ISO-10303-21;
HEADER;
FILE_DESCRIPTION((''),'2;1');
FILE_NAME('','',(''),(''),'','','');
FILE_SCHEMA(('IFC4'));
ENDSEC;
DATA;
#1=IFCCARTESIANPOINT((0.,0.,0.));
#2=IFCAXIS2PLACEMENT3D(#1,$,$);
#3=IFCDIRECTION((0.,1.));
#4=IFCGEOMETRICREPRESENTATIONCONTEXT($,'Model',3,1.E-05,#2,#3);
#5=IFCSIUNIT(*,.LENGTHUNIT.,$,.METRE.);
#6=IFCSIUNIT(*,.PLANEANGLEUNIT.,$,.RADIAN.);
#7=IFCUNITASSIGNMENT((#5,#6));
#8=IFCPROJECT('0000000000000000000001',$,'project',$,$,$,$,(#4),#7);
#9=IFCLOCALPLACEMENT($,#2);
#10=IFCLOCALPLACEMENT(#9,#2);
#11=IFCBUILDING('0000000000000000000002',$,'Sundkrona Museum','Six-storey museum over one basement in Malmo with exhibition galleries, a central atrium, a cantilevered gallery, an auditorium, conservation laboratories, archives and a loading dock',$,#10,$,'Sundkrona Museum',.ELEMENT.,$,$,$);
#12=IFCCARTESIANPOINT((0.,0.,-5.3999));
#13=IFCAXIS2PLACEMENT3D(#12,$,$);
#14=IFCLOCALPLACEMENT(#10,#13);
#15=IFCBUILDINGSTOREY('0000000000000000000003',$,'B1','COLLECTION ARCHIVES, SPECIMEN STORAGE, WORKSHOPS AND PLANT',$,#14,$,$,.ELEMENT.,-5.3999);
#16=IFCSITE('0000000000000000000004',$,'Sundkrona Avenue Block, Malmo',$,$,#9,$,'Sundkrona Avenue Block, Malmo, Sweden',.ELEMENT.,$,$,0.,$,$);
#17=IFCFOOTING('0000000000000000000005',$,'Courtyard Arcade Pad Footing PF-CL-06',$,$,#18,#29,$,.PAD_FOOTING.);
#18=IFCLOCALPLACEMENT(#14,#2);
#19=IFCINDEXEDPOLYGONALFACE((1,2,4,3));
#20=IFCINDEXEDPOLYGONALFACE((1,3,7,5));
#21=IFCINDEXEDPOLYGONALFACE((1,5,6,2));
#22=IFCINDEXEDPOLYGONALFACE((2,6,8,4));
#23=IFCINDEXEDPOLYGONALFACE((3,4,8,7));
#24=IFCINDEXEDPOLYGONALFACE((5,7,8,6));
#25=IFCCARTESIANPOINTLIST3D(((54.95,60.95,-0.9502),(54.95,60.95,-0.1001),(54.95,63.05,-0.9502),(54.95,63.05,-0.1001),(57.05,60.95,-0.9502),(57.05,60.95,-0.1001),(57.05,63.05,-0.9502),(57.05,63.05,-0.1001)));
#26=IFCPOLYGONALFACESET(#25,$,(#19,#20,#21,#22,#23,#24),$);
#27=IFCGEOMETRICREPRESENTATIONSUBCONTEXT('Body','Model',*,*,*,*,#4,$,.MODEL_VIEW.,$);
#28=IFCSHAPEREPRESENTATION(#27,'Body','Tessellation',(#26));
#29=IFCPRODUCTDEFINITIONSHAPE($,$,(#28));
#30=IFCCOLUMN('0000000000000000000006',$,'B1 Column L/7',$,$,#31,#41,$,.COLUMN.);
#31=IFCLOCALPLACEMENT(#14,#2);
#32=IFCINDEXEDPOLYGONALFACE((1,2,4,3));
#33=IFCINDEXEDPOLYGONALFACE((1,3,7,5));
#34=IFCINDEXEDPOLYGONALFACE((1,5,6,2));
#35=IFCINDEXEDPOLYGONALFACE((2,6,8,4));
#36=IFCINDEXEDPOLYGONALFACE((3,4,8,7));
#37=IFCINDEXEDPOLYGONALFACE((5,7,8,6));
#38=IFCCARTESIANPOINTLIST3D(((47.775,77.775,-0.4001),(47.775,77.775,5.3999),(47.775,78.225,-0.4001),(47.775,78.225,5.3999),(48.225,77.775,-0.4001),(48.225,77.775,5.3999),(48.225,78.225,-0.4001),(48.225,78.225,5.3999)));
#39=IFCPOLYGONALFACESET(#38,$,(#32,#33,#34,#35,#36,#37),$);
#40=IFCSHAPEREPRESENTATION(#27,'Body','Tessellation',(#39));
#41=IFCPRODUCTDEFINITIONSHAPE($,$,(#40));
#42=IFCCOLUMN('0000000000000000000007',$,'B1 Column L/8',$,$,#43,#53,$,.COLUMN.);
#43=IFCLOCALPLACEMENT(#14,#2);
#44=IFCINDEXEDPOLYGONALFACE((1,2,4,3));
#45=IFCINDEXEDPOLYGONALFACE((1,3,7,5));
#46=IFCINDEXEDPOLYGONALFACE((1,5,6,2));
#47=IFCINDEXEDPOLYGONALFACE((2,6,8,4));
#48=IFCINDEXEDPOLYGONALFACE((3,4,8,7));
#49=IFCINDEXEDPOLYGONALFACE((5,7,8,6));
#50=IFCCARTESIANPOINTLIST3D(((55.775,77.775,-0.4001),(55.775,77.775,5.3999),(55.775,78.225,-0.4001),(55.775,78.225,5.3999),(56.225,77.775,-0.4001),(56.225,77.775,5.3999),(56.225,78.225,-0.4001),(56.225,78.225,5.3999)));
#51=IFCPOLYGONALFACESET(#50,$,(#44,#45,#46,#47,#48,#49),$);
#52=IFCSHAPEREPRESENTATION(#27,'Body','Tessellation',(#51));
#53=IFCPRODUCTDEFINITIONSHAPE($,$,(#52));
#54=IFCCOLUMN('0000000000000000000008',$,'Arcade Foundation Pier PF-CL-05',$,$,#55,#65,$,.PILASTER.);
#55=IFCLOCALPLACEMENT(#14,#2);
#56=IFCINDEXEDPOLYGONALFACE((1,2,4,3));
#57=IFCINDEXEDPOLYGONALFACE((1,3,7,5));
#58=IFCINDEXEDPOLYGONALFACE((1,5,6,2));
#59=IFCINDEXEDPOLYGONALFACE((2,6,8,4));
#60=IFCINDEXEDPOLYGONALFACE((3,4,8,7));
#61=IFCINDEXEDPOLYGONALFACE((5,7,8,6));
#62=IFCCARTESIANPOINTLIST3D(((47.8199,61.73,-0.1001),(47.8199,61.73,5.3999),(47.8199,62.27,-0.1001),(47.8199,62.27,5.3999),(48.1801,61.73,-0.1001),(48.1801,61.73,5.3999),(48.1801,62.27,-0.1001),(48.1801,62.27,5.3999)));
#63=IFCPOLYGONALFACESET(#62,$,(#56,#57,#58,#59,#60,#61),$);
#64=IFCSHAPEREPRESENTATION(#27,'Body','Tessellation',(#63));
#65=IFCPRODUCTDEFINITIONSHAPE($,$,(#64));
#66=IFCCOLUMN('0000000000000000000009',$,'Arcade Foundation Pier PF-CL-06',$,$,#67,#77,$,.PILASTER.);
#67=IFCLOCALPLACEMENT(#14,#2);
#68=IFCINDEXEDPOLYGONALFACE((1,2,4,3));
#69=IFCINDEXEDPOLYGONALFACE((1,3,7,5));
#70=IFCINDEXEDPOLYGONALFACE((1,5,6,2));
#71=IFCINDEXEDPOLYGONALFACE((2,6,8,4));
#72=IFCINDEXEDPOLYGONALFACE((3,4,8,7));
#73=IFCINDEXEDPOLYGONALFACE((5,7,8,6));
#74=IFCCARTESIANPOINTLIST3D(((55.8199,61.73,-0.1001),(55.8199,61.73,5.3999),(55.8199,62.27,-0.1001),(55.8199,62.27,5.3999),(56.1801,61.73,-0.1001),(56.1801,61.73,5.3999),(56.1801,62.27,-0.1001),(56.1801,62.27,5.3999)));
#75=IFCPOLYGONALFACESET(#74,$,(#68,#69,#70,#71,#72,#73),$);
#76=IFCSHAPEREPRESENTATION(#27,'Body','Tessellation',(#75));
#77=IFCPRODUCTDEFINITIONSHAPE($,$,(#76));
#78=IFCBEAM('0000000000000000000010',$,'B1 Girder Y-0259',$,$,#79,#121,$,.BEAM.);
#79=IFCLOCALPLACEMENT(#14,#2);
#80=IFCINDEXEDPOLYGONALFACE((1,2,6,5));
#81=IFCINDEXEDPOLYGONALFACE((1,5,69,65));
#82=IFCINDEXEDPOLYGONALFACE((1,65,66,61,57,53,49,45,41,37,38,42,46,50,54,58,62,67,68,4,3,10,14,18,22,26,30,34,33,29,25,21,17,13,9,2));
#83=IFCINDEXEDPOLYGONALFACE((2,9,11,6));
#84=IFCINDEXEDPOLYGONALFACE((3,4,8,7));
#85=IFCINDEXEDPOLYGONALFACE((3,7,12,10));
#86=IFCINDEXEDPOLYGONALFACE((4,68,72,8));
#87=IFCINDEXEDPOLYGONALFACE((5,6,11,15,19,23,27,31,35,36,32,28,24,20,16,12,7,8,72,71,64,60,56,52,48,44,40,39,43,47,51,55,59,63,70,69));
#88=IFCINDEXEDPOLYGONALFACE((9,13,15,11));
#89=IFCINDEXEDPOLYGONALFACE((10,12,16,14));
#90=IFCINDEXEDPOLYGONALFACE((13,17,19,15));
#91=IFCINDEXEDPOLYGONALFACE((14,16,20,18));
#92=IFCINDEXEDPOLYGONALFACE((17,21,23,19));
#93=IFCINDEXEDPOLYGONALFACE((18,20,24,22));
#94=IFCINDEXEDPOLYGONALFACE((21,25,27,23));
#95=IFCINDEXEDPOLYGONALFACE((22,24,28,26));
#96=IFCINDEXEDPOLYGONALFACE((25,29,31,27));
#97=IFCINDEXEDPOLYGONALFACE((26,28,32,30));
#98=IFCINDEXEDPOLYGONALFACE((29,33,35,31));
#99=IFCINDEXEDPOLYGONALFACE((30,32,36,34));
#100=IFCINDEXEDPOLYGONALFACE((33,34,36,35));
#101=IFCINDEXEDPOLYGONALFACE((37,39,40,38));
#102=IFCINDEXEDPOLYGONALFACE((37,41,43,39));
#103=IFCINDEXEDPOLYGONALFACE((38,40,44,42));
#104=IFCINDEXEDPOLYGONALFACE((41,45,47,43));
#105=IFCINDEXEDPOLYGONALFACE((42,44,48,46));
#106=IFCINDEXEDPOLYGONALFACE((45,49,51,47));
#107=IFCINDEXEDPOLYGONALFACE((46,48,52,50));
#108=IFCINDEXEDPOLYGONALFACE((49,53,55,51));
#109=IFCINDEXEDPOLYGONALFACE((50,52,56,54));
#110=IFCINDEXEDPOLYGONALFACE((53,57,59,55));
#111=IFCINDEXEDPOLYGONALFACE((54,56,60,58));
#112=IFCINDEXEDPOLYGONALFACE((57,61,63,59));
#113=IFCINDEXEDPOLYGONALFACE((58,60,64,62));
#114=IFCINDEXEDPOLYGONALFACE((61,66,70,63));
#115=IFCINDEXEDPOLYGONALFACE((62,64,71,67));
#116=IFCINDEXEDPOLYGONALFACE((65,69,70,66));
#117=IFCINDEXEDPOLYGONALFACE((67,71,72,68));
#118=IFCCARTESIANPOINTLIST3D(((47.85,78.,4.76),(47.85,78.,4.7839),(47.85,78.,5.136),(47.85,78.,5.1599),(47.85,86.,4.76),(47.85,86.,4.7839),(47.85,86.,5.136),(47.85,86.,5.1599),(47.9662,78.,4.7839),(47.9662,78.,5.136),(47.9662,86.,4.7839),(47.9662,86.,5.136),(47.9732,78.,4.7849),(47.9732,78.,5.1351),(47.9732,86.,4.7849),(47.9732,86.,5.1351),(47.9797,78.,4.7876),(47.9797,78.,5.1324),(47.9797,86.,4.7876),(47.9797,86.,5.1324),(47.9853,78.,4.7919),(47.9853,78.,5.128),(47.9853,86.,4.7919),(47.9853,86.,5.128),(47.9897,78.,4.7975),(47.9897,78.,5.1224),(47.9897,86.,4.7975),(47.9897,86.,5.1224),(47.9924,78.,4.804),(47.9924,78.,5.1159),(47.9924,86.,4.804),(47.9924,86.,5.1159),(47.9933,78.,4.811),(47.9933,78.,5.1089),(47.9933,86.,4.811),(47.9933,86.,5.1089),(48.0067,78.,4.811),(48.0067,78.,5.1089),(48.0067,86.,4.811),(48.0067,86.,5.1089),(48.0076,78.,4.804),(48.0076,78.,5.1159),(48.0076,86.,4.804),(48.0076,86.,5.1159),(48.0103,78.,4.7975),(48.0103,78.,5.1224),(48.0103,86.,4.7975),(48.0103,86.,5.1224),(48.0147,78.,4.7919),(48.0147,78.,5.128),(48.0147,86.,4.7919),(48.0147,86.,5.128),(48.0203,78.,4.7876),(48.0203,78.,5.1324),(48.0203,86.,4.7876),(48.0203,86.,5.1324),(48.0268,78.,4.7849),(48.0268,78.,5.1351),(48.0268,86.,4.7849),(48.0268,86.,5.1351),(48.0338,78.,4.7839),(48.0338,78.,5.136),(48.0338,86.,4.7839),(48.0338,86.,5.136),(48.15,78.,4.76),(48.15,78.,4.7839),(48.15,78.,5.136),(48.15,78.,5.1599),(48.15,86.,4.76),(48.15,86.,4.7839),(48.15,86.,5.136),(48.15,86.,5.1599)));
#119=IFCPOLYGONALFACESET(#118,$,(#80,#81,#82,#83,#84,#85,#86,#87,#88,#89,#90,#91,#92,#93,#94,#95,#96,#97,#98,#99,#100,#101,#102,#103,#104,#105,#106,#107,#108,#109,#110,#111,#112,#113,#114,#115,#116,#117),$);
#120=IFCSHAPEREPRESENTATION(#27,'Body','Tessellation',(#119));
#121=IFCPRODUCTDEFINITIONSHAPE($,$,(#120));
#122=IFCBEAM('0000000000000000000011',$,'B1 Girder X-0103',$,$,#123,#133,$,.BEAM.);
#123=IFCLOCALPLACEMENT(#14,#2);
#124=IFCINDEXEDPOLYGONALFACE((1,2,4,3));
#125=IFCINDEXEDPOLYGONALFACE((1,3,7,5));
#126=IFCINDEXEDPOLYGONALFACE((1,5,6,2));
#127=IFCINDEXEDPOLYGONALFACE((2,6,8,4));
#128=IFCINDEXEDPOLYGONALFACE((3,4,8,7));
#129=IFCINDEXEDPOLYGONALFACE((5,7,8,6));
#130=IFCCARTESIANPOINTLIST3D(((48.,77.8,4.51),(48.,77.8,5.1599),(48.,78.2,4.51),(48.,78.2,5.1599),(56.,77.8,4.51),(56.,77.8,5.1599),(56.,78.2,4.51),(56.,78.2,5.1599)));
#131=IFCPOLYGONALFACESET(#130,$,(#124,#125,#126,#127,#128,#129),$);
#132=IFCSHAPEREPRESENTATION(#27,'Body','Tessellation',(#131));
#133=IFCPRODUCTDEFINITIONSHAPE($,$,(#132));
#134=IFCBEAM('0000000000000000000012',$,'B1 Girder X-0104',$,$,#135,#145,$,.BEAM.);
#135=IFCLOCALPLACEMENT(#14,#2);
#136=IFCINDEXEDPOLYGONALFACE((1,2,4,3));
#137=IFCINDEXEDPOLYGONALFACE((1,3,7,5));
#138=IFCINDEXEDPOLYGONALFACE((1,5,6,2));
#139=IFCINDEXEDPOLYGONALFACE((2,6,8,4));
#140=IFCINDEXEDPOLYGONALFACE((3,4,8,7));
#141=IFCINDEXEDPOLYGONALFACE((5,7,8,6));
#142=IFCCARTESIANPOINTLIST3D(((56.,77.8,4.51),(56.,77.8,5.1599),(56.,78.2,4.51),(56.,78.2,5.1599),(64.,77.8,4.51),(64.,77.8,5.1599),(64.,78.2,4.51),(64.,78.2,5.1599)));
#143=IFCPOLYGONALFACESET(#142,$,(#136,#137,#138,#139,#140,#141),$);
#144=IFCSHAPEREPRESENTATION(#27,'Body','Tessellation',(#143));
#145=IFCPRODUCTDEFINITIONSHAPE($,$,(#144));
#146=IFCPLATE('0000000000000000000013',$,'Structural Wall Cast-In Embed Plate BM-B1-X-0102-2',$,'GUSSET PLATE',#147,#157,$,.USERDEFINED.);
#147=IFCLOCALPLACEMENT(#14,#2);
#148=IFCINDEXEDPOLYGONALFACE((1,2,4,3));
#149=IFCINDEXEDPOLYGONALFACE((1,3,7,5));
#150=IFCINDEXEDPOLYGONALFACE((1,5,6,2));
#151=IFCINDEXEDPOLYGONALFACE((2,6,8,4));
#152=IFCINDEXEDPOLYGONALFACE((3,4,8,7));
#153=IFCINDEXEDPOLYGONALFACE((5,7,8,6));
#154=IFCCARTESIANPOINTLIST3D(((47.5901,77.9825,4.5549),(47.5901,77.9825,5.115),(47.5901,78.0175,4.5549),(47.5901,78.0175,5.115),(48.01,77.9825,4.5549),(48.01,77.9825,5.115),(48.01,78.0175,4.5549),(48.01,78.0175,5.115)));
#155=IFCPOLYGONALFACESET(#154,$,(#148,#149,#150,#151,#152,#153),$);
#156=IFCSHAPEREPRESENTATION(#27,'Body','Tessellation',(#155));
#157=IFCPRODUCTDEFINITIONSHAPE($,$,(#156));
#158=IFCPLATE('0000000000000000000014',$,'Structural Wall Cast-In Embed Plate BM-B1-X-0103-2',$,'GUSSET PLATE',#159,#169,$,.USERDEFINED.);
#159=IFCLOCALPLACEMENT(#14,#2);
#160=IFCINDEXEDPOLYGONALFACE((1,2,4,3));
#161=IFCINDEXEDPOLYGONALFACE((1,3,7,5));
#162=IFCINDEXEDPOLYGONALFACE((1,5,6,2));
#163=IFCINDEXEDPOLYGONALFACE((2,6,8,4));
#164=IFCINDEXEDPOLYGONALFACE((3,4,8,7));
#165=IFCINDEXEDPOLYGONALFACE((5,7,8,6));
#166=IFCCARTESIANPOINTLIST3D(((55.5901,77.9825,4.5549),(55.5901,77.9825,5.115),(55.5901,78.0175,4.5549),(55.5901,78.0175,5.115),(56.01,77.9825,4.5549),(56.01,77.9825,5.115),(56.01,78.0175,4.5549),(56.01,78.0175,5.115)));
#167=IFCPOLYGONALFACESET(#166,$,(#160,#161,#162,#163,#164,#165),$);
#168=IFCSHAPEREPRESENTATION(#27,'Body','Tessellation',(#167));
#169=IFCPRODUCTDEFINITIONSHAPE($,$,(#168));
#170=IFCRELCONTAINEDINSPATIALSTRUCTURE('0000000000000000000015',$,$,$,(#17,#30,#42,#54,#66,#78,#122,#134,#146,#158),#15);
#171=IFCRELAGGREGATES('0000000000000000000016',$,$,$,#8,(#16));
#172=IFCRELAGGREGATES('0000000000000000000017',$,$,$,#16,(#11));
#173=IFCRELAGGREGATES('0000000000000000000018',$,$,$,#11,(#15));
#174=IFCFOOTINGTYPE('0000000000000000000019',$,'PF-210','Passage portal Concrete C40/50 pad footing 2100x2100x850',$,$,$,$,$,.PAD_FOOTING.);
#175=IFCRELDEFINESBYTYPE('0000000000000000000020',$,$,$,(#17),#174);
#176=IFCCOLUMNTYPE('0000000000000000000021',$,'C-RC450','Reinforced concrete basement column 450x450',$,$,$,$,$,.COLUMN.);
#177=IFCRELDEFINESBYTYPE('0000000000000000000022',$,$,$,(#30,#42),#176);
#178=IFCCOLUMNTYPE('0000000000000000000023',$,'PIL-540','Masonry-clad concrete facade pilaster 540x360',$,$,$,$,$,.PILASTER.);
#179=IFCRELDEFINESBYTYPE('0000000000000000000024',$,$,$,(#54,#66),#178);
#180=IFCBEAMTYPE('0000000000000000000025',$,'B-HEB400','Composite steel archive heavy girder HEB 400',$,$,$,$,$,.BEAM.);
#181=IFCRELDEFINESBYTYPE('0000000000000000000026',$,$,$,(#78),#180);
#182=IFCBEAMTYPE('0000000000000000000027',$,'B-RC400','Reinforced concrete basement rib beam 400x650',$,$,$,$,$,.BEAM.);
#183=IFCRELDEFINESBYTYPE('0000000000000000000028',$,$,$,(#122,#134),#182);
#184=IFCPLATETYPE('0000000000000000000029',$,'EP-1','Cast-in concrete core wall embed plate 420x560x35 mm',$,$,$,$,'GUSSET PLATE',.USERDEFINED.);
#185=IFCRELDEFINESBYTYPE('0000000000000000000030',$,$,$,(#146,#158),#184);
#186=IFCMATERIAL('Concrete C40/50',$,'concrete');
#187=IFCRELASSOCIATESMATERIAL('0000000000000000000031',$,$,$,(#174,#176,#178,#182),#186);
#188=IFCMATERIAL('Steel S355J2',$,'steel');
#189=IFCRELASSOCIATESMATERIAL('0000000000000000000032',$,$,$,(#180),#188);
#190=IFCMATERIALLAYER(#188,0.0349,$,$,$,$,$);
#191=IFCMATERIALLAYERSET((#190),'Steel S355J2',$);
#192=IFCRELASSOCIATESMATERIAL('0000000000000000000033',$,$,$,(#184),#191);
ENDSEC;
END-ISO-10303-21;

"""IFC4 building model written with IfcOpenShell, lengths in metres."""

from ifc_helpers import new_model, si_unit, direction, frame, origin, origin_2d, place, context, subcontext, project, spatial, rectangle, i_section, extrude, material, layer, layer_set, material_profile, profile_set, type_object, element, save


model = new_model("IFC4")

# Units and contexts
model_context = context("Model", 3, precision=1e-05, world=origin(), true_north=direction((0.0, 1.0)))
body_context = subcontext(model_context, "Body", "Model", "MODEL_VIEW")
ifc_project = project(units=[si_unit("LENGTHUNIT", "METRE"), si_unit("PLANEANGLEUNIT", "RADIAN")], contexts=[model_context])

# Site, building, storey
site_placement = place(None, origin())
site = spatial("IfcSite", under=ifc_project, at=site_placement, Name="Sundkrona Avenue Block, Malmo", LongName="Sundkrona Avenue Block, Malmo, Sweden", CompositionType="ELEMENT", RefElevation=0.0)
building_placement = place(site_placement, origin())
building = spatial("IfcBuilding", under=site, at=building_placement, Name="Sundkrona Museum", Description="Six-storey museum over one basement in Malmo with exhibition galleries, a central atrium, a cantilevered gallery, an auditorium, conservation laboratories, archives and a loading dock", LongName="Sundkrona Museum", CompositionType="ELEMENT")
storey_placement = place(building_placement, frame((0.0, 0.0, -5.3999)))
storey = spatial("IfcBuildingStorey", under=building, at=storey_placement, Name="B1", Description="COLLECTION ARCHIVES, SPECIMEN STORAGE, WORKSHOPS AND PLANT", CompositionType="ELEMENT", Elevation=-5.3999)

# Shared definitions
ifc_material_1 = material(Name="Concrete C40/50", Category="concrete")

# Footing
footing_type_1 = type_object("IfcFootingType", Name="PF-210", Description="Passage portal Concrete C40/50 pad footing 2100x2100x850", PredefinedType="PAD_FOOTING", material=ifc_material_1)
footing_1_placement = place(storey_placement, frame((56.0, 62.0, -0.9502), z_axis=(0.0, 0.0, 1.0), x_axis=(1.0, 0.0, 0.0)))
element("IfcFooting", 1, at=footing_1_placement, inside=storey, type_object=footing_type_1, Name="Courtyard Arcade Pad Footing PF-CL-06", PredefinedType="PAD_FOOTING", context=body_context, shape_type="SweptSolid", body=[
    extrude(rectangle(XDim=2.1001, YDim=2.1001, at=origin_2d()), origin(), (0.0, 0.0, 1.0), 0.8501),
])

# Columns
ifc_material_profile_1 = material_profile(ifc_material_1, rectangle(XDim=0.45, YDim=0.45, at=origin_2d()), Name="RC 450x450")
ifc_profile_set_1 = profile_set([ifc_material_profile_1], Name="Concrete C40/50")
column_type_1 = type_object("IfcColumnType", Name="C-RC450", Description="Reinforced concrete basement column 450x450", PredefinedType="COLUMN", material=ifc_profile_set_1)
for number, where, z_axis, x_axis, name in (
    (2, (48.0, 78.0, -0.4001), (0.0, 0.0, 1.0), (1.0, 0.0, 0.0), "B1 Column L/7"),
    (3, (56.0, 78.0, -0.4001), (0.0, 0.0, 1.0), (1.0, 0.0, 0.0), "B1 Column L/8"),
):
    element("IfcColumn", number, at=place(storey_placement, frame(where, z_axis=z_axis, x_axis=x_axis)), inside=storey, type_object=column_type_1, Name=name, PredefinedType="COLUMN", context=body_context, shape_type="SweptSolid", body=[
        extrude(rectangle(XDim=0.45, YDim=0.45, at=origin_2d()), origin(), (0.0, 0.0, 1.0), 5.8),
    ])
ifc_material_profile_2 = material_profile(ifc_material_1, rectangle(XDim=0.3601, YDim=0.54, at=origin_2d()), Name="RC 540x360")
ifc_profile_set_2 = profile_set([ifc_material_profile_2], Name="Concrete C40/50")
column_type_2 = type_object("IfcColumnType", Name="PIL-540", Description="Masonry-clad concrete facade pilaster 540x360", PredefinedType="PILASTER", material=ifc_profile_set_2)
for number, where, z_axis, x_axis, name in (
    (4, (48.0, 62.0, -0.1001), (0.0, 0.0, 1.0), (1.0, 0.0, 0.0), "Arcade Foundation Pier PF-CL-05"),
    (5, (56.0, 62.0, -0.1001), (0.0, 0.0, 1.0), (1.0, 0.0, 0.0), "Arcade Foundation Pier PF-CL-06"),
):
    element("IfcColumn", number, at=place(storey_placement, frame(where, z_axis=z_axis, x_axis=x_axis)), inside=storey, type_object=column_type_2, Name=name, PredefinedType="PILASTER", context=body_context, shape_type="SweptSolid", body=[
        extrude(rectangle(XDim=0.3601, YDim=0.54, at=origin_2d()), origin(), (0.0, 0.0, 1.0), 5.5),
    ])

# Beams
ifc_material_2 = material(Name="Steel S355J2", Category="steel")
ifc_material_profile_3 = material_profile(ifc_material_2, i_section(OverallWidth=0.3, OverallDepth=0.3999, WebThickness=0.0134, FlangeThickness=0.0239, FilletRadius=0.0271, at=origin_2d()), Name="HEB 400")
ifc_profile_set_3 = profile_set([ifc_material_profile_3], Name="Steel S355J2")
beam_type_1 = type_object("IfcBeamType", Name="B-HEB400", Description="Composite steel archive heavy girder HEB 400", PredefinedType="BEAM", material=ifc_profile_set_3)
beam_placement = place(storey_placement, frame((48.0, 78.0, 4.96), z_axis=(0.0, 1.0, 0.0), x_axis=(-1.0, 0.0, 0.0)))
element("IfcBeam", 6, at=beam_placement, inside=storey, type_object=beam_type_1, Name="B1 Girder Y-0259", PredefinedType="BEAM", context=body_context, shape_type="SweptSolid", body=[
    extrude(i_section(OverallWidth=0.3, OverallDepth=0.3999, WebThickness=0.0134, FlangeThickness=0.0239, FilletRadius=0.0271, at=origin_2d()), origin(), (0.0, 0.0, 1.0), 8.0),
])
ifc_material_profile_4 = material_profile(ifc_material_1, rectangle(XDim=0.3999, YDim=0.6499, at=origin_2d()), Name="RCB 400x650")
ifc_profile_set_4 = profile_set([ifc_material_profile_4], Name="Concrete C40/50")
beam_type_2 = type_object("IfcBeamType", Name="B-RC400", Description="Reinforced concrete basement rib beam 400x650", PredefinedType="BEAM", material=ifc_profile_set_4)
for number, where, z_axis, x_axis, name in (
    (7, (48.0, 78.0, 4.835), (1.0, 0.0, 0.0), (0.0, 1.0, 0.0), "B1 Girder X-0103"),
    (8, (56.0, 78.0, 4.835), (1.0, 0.0, 0.0), (0.0, 1.0, 0.0), "B1 Girder X-0104"),
):
    element("IfcBeam", number, at=place(storey_placement, frame(where, z_axis=z_axis, x_axis=x_axis)), inside=storey, type_object=beam_type_2, Name=name, PredefinedType="BEAM", context=body_context, shape_type="SweptSolid", body=[
        extrude(rectangle(XDim=0.3999, YDim=0.6499, at=origin_2d()), origin(), (0.0, 0.0, 1.0), 8.0),
    ])

# Plates
ifc_layer = layer(ifc_material_2, 0.0349)
ifc_layer_set = layer_set([ifc_layer], Name="Steel S355J2")
plate_type = type_object("IfcPlateType", Name="EP-1", Description="Cast-in concrete core wall embed plate 420x560x35 mm", ElementType="GUSSET PLATE", PredefinedType="USERDEFINED", material=ifc_layer_set)
for number, where, z_axis, x_axis, name in (
    (9, (47.8, 78.0, 4.5549), (0.0, 0.0, 1.0), (1.0, 0.0, 0.0), "Structural Wall Cast-In Embed Plate BM-B1-X-0102-2"),
    (10, (55.8, 78.0, 4.5549), (0.0, 0.0, 1.0), (1.0, 0.0, 0.0), "Structural Wall Cast-In Embed Plate BM-B1-X-0103-2"),
):
    element("IfcPlate", number, at=place(storey_placement, frame(where, z_axis=z_axis, x_axis=x_axis)), inside=storey, type_object=plate_type, Name=name, ObjectType="GUSSET PLATE", PredefinedType="USERDEFINED", context=body_context, shape_type="SweptSolid", body=[
        extrude(rectangle(XDim=0.4199, YDim=0.0349, at=origin_2d()), origin(), (0.0, 0.0, 1.0), 0.5601),
    ])

save(model, "model.ifc")
